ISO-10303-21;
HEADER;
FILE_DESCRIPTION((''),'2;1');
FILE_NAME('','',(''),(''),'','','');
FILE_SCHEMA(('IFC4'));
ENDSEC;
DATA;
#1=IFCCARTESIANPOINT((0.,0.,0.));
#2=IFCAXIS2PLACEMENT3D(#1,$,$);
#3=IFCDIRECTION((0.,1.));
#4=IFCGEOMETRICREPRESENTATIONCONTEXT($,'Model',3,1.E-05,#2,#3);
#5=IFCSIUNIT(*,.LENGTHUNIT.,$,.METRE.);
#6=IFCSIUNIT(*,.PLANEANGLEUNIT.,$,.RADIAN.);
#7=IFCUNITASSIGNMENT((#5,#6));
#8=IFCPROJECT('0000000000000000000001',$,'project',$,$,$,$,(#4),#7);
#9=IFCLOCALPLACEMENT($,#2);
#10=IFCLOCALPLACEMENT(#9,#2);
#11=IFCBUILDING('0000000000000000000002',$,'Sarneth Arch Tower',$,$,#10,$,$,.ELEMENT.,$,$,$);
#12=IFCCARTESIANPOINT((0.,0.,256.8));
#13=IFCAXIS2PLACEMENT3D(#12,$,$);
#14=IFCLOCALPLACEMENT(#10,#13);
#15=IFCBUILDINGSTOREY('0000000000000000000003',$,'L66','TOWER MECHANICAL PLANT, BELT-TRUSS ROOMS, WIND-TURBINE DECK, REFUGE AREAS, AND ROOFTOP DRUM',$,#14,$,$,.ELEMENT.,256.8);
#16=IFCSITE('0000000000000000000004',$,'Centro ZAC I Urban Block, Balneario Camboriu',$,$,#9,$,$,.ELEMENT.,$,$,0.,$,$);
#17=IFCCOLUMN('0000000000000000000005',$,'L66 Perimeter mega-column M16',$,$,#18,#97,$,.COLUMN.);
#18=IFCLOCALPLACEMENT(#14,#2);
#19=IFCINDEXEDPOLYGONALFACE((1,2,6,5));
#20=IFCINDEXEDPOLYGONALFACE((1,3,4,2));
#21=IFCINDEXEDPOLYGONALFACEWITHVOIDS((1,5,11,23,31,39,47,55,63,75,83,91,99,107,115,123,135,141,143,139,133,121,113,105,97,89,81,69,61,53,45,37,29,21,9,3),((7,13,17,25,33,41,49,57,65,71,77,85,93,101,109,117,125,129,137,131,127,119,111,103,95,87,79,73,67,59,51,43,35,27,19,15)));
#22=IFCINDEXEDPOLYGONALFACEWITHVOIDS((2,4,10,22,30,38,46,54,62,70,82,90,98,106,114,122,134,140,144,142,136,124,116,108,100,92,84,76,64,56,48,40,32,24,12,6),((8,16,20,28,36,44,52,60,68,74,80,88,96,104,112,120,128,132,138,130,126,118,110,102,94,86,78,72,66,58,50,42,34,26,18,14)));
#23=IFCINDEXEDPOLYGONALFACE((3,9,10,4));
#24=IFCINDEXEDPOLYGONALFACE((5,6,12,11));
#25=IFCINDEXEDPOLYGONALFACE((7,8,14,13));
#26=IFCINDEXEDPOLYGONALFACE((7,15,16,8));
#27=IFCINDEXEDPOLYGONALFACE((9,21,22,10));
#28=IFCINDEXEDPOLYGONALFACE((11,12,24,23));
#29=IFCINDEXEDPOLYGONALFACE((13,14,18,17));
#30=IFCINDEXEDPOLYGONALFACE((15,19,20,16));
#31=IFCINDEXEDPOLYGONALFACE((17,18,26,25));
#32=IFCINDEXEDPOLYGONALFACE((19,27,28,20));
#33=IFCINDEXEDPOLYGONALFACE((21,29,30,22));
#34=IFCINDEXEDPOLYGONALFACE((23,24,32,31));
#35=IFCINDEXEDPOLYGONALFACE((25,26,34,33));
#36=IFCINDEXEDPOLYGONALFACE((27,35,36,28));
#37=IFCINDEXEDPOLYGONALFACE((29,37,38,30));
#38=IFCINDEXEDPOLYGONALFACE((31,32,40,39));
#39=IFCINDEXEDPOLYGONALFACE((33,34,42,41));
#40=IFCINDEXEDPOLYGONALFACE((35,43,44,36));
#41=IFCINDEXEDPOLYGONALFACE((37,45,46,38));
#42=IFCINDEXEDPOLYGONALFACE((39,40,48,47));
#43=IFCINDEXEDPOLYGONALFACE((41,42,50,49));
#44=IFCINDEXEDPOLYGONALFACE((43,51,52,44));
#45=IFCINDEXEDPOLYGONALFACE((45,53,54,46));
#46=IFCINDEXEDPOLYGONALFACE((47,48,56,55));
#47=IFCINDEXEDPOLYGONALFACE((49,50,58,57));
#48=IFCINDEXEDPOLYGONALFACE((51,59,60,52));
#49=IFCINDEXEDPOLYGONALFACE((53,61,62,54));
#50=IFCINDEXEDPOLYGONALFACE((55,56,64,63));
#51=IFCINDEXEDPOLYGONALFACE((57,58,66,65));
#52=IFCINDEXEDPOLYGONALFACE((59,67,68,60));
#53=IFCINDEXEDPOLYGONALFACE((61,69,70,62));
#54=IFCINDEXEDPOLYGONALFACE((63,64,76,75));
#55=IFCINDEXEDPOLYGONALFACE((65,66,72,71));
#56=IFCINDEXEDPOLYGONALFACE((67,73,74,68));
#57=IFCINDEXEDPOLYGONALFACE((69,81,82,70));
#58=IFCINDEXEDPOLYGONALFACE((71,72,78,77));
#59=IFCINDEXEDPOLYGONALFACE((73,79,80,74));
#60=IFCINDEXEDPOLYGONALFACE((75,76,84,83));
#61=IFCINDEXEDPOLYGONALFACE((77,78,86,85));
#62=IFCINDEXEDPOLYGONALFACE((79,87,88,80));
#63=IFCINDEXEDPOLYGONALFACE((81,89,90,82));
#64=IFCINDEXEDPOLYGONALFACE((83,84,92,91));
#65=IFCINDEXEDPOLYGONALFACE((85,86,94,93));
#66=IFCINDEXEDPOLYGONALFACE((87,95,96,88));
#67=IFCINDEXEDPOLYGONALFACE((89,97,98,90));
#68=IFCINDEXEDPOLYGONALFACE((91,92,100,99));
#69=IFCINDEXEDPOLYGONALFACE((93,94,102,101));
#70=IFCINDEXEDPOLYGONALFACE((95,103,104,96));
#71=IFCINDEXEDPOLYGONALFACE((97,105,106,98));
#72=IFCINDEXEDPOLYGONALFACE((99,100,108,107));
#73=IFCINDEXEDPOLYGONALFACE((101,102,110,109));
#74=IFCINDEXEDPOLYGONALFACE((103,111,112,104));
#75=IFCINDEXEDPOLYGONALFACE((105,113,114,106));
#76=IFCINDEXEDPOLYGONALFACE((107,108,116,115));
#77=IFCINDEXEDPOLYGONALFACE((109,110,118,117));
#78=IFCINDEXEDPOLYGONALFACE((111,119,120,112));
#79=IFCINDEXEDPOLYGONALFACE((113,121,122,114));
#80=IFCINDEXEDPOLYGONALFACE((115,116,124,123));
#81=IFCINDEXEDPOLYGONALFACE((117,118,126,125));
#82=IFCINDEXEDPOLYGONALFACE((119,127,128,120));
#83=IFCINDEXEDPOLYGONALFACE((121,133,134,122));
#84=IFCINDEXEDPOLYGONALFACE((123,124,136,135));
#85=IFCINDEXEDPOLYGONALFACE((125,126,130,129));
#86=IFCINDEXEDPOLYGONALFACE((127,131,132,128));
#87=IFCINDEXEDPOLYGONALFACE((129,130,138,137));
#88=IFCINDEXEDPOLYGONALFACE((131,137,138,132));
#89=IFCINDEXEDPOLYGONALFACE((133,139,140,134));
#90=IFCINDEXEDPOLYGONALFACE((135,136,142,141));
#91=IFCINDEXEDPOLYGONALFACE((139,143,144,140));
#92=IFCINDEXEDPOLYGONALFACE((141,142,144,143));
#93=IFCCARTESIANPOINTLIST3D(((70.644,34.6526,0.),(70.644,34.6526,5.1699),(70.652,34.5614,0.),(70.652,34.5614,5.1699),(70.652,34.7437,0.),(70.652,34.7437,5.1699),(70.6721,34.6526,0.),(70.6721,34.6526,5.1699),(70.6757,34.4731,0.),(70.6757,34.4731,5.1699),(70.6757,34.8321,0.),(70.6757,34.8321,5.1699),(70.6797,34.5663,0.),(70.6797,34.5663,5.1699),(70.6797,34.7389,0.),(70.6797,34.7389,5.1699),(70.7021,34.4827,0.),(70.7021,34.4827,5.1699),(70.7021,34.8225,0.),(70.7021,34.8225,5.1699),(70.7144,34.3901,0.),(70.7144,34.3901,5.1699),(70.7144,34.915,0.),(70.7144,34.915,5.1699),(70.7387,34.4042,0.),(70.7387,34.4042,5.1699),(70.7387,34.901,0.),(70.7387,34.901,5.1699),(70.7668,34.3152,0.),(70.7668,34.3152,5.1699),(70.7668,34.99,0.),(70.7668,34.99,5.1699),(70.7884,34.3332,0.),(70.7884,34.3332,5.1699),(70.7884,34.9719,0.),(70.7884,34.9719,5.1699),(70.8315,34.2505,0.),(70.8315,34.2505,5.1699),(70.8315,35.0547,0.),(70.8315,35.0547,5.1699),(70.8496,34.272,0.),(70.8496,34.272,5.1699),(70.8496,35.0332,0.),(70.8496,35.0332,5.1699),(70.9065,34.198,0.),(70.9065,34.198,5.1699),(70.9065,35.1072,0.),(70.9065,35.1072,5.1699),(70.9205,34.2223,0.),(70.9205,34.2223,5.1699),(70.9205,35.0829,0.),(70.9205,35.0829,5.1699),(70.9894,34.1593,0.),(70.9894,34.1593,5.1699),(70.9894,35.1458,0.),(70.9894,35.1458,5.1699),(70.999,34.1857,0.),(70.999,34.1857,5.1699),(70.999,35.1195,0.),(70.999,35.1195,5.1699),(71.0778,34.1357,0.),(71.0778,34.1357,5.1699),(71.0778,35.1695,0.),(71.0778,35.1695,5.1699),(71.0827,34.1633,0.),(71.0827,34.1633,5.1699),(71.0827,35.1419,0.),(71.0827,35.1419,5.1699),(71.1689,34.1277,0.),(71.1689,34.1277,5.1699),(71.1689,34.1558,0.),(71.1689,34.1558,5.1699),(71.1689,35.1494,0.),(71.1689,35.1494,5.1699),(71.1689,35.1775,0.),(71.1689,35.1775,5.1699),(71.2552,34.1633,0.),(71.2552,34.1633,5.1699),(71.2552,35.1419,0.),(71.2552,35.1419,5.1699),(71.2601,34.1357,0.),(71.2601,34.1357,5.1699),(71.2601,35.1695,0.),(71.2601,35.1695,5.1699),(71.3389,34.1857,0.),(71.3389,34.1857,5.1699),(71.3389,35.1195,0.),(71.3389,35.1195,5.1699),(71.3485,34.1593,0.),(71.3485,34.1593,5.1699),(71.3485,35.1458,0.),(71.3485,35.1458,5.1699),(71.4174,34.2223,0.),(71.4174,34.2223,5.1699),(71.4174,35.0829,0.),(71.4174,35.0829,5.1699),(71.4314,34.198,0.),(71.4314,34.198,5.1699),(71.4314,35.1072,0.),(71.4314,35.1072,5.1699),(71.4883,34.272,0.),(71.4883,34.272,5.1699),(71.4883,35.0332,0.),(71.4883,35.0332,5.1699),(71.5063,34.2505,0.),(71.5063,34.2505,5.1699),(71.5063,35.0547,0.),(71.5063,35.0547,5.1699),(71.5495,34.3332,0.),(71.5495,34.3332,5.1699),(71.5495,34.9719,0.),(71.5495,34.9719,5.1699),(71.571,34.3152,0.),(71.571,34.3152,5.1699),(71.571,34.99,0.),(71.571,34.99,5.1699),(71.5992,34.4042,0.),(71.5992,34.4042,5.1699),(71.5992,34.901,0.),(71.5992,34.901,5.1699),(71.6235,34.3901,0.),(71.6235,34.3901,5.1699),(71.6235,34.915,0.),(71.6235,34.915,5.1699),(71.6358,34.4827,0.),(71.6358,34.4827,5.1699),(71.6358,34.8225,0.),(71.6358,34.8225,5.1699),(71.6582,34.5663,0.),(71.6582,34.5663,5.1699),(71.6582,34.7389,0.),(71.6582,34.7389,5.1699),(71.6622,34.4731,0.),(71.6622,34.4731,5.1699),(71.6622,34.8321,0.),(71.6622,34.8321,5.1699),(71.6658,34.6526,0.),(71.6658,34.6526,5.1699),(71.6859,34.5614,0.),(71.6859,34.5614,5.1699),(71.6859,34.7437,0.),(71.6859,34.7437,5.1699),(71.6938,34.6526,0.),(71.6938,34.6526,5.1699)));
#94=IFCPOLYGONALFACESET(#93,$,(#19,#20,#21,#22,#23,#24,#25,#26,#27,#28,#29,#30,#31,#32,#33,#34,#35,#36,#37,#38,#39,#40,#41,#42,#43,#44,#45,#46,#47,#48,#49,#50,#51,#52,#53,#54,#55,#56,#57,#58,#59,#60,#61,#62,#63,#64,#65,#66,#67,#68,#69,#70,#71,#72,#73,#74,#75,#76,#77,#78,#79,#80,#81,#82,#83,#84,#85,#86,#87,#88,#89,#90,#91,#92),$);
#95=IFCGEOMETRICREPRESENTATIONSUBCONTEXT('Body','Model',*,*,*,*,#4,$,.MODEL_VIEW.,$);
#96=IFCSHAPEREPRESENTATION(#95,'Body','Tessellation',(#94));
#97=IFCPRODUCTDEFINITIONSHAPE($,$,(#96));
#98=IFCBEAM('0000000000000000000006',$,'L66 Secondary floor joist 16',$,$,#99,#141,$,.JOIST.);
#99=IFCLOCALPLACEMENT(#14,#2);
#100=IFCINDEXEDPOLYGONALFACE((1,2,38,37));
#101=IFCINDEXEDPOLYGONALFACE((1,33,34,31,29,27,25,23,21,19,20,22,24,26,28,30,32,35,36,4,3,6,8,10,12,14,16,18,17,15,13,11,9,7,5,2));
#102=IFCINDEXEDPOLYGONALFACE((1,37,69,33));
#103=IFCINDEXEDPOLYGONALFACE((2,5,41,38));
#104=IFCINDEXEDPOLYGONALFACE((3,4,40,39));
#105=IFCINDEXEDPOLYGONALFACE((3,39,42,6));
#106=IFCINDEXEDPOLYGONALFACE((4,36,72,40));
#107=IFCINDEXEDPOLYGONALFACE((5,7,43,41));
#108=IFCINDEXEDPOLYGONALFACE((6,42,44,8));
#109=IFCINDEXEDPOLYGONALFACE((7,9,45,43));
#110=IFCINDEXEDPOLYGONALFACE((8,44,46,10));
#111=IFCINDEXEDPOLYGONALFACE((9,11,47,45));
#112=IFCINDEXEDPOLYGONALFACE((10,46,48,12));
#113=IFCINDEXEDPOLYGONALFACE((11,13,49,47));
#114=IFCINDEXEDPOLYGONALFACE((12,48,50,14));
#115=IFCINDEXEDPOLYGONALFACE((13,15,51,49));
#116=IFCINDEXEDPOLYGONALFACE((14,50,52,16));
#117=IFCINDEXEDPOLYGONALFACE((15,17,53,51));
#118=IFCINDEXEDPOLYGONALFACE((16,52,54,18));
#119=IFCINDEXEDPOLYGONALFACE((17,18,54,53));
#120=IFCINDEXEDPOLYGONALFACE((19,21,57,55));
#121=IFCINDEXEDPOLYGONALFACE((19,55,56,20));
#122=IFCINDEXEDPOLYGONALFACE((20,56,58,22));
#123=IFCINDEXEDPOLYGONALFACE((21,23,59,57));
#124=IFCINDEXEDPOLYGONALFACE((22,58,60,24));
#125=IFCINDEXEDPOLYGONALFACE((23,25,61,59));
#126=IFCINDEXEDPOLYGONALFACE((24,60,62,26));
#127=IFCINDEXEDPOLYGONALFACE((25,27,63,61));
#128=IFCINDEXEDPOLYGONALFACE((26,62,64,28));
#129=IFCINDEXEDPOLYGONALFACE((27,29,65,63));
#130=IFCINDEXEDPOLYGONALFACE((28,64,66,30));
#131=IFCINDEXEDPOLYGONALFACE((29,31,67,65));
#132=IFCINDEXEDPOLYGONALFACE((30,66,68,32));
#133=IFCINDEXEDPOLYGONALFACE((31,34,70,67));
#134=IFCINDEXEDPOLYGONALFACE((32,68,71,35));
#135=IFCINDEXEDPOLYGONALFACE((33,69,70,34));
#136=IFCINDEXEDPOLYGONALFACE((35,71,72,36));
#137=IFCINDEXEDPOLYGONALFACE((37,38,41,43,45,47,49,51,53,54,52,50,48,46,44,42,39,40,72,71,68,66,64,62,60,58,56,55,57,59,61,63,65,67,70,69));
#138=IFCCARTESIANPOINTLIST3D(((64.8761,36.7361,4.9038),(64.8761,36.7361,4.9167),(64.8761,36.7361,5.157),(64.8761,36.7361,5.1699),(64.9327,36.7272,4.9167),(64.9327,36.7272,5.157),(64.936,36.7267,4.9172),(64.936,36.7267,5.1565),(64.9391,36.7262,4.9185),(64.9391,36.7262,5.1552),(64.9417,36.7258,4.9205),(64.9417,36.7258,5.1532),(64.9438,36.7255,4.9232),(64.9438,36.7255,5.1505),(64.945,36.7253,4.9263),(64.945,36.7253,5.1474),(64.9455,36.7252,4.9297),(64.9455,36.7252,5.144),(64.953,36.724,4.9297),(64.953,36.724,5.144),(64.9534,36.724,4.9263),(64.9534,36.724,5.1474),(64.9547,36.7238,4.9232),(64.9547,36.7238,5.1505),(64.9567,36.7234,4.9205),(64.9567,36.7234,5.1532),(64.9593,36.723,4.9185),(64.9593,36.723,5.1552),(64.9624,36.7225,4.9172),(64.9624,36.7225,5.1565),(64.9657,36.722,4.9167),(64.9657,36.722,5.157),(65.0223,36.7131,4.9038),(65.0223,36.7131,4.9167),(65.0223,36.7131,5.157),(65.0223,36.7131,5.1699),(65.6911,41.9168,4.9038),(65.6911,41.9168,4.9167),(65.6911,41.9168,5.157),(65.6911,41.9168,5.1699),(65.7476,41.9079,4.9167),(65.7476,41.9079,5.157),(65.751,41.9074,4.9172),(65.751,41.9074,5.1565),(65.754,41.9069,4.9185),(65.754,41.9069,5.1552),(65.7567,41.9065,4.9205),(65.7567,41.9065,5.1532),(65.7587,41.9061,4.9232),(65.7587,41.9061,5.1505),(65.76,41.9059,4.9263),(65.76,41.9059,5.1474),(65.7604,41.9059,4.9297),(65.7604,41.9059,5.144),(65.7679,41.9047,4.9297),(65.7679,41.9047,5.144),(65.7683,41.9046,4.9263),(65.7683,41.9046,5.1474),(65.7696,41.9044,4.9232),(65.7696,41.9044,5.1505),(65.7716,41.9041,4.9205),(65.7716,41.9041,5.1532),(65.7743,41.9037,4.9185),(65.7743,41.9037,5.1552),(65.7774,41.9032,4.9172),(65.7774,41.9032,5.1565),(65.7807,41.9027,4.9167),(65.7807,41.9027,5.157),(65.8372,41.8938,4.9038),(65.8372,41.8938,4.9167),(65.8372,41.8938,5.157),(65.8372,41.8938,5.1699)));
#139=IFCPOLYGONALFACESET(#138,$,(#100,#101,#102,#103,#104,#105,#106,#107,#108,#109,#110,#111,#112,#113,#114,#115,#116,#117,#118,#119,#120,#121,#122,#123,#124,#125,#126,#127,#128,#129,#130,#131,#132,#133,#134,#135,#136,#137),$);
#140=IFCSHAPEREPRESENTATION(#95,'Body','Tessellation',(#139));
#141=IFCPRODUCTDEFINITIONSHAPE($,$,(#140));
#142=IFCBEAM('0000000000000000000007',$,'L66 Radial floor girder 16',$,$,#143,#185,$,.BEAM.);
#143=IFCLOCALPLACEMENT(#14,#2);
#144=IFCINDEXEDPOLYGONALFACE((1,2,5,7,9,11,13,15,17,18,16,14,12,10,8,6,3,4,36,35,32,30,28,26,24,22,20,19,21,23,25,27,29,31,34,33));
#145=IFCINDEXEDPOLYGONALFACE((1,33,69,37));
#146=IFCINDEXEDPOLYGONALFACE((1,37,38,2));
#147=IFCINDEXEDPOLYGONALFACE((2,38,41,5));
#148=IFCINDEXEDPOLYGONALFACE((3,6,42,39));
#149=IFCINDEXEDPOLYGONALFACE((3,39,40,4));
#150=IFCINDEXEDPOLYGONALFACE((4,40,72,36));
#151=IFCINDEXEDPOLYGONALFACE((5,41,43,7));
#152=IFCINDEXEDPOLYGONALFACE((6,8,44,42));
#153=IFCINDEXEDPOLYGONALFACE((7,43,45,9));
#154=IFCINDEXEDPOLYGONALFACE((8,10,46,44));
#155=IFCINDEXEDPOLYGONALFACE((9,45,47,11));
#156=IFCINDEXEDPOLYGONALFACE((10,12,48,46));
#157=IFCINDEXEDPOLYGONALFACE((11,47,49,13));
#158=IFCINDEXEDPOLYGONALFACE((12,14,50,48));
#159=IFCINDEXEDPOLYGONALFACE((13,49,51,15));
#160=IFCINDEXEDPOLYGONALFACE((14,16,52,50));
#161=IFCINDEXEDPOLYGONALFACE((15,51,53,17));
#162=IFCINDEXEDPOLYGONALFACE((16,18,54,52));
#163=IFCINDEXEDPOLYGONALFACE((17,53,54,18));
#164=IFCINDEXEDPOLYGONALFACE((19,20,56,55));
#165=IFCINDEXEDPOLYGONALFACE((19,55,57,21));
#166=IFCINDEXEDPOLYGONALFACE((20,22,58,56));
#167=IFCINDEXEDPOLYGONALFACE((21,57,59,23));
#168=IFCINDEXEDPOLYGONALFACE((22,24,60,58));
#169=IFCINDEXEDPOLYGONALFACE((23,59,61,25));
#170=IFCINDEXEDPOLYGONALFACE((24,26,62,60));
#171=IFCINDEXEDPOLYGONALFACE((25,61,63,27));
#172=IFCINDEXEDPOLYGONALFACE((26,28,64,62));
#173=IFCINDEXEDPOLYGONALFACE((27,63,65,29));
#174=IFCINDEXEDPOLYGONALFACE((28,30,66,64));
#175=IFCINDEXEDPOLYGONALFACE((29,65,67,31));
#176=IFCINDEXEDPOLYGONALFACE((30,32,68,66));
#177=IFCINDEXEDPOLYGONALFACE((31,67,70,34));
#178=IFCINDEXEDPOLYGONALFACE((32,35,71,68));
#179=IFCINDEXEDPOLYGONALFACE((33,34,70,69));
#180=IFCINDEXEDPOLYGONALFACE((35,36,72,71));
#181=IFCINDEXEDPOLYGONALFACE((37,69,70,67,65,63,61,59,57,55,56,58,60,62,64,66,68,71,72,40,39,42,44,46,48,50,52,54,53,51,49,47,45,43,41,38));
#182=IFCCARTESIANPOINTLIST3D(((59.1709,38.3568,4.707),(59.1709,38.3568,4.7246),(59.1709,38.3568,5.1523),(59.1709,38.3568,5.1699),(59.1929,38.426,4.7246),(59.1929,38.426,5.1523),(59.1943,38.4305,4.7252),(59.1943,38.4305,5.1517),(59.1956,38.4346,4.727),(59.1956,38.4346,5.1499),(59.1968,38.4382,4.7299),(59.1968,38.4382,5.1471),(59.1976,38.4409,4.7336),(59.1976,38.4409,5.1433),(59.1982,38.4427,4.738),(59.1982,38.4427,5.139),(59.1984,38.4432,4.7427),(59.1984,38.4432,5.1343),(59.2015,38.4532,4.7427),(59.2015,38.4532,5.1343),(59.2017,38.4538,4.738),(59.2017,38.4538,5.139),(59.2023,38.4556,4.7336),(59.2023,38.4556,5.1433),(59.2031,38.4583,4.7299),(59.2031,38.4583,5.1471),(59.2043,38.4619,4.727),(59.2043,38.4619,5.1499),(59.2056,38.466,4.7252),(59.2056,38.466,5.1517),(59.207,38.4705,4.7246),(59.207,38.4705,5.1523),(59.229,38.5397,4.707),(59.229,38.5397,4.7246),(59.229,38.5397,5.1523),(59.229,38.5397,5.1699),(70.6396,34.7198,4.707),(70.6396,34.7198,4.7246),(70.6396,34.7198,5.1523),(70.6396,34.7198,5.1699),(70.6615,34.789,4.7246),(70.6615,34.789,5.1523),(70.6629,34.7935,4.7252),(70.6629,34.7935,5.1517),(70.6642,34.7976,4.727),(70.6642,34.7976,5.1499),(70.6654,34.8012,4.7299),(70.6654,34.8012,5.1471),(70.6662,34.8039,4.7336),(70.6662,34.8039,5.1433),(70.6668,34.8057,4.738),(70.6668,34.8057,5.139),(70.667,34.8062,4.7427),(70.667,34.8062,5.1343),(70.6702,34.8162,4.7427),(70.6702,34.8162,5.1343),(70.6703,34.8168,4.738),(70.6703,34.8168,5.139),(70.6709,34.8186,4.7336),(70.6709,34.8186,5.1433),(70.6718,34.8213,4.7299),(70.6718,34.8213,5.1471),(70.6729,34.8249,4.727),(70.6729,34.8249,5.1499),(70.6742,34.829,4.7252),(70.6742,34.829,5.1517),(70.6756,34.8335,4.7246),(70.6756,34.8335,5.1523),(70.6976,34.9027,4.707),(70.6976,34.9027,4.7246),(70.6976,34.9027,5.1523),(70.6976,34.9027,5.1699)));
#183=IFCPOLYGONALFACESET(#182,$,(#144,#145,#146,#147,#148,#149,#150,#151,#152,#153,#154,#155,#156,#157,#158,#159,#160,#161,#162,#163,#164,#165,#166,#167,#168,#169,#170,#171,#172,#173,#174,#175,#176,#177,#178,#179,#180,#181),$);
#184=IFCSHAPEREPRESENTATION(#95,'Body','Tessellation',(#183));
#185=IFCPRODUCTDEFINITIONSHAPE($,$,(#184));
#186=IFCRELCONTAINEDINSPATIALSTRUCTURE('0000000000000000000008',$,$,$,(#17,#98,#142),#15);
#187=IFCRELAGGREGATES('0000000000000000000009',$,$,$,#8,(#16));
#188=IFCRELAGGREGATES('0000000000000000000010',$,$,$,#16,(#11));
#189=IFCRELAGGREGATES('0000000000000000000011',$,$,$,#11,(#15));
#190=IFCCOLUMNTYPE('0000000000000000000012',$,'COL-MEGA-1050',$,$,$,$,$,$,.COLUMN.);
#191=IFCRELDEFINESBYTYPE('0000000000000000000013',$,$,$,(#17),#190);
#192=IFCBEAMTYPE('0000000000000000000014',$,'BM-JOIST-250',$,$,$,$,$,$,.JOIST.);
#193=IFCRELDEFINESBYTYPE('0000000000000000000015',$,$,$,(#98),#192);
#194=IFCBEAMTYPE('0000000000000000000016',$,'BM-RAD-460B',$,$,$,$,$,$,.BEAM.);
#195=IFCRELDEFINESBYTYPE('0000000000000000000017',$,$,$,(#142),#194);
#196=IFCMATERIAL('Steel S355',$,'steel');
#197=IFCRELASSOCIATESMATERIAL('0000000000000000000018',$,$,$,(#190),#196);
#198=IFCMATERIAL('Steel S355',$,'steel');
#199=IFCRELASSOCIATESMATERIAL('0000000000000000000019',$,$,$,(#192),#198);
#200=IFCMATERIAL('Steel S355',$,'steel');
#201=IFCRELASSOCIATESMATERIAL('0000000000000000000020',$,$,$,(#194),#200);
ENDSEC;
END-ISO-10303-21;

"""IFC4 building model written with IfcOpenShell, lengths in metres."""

from ifc_helpers import new_model, si_unit, direction, frame, origin, origin_2d, place, context, subcontext, project, spatial, hollow_circle, i_section, extrude, material, material_profile, profile_set, type_object, element, save


model = new_model("IFC4")

# Units and contexts
model_context = context("Model", 3, precision=1e-05, world=origin(), true_north=direction((0.0, 1.0)))
body_context = subcontext(model_context, "Body", "Model", "MODEL_VIEW")
ifc_project = project(units=[si_unit("LENGTHUNIT", "METRE"), si_unit("PLANEANGLEUNIT", "RADIAN")], contexts=[model_context])

# Site, building, storey
site_placement = place(None, origin())
site = spatial("IfcSite", under=ifc_project, at=site_placement, Name="Centro ZAC I Urban Block, Balneario Camboriu", CompositionType="ELEMENT", RefElevation=0.0)
building_placement = place(site_placement, origin())
building = spatial("IfcBuilding", under=site, at=building_placement, Name="Sarneth Arch Tower", CompositionType="ELEMENT")
storey_placement = place(building_placement, frame((0.0, 0.0, 256.8)))
storey = spatial("IfcBuildingStorey", under=building, at=storey_placement, Name="L66", Description="TOWER MECHANICAL PLANT, BELT-TRUSS ROOMS, WIND-TURBINE DECK, REFUGE AREAS, AND ROOFTOP DRUM", CompositionType="ELEMENT", Elevation=256.8)

# Column
ifc_material_1 = material(Name="Steel S355", Category="steel")
ifc_material_profile_1 = material_profile(ifc_material_1, hollow_circle(Radius=0.5249, WallThickness=0.0281, at=origin_2d()), Name="CHS1050x28")
ifc_profile_set_1 = profile_set([ifc_material_profile_1], Name="Steel S355")
column_type = type_object("IfcColumnType", Name="COL-MEGA-1050", PredefinedType="COLUMN", material=ifc_profile_set_1)
column_placement = place(storey_placement, frame((71.1689, 34.6526, 0.0), z_axis=(0.0, 0.0, 1.0), x_axis=(1.0, 0.0, 0.0)))
element("IfcColumn", 1, at=column_placement, inside=storey, type_object=column_type, Name="L66 Perimeter mega-column M16", PredefinedType="COLUMN", context=body_context, shape_type="SweptSolid", body=[
    extrude(hollow_circle(Radius=0.5249, WallThickness=0.0281, at=origin_2d()), origin(), (0.0, 0.0, 1.0), 5.1699),
])

# Beams
ifc_material_2 = material(Name="Steel S355", Category="steel")
ifc_material_profile_2 = material_profile(ifc_material_2, i_section(OverallWidth=0.1479, OverallDepth=0.2661, WebThickness=0.0076, FlangeThickness=0.0129, FilletRadius=0.0129, at=origin_2d()), Name="W250x44.8")
ifc_profile_set_2 = profile_set([ifc_material_profile_2], Name="Steel S355")
beam_type_1 = type_object("IfcBeamType", Name="BM-JOIST-250", PredefinedType="JOIST", material=ifc_profile_set_2)
beam_1_placement = place(storey_placement, frame((64.9492, 36.7246, 5.0369), z_axis=(0.155394, 0.987853, 0.0), x_axis=(-0.987853, 0.155394, 0.0)))
element("IfcBeam", 2, at=beam_1_placement, inside=storey, type_object=beam_type_1, Name="L66 Secondary floor joist 16", PredefinedType="JOIST", context=body_context, shape_type="SweptSolid", body=[
    extrude(i_section(OverallWidth=0.1479, OverallDepth=0.2661, WebThickness=0.0076, FlangeThickness=0.0129, FilletRadius=0.0129, at=origin_2d()), origin(), (0.0, 0.0, 1.0), 5.2444),
])
ifc_material_3 = material(Name="Steel S355", Category="steel")
ifc_material_profile_3 = material_profile(ifc_material_3, i_section(OverallWidth=0.1919, OverallDepth=0.4629, WebThickness=0.0105, FlangeThickness=0.0176, FilletRadius=0.0181, at=origin_2d()), Name="W460x89")
ifc_profile_set_3 = profile_set([ifc_material_profile_3], Name="Steel S355")
beam_type_2 = type_object("IfcBeamType", Name="BM-RAD-460B", PredefinedType="BEAM", material=ifc_profile_set_3)
beam_2_placement = place(storey_placement, frame((59.2, 38.4482, 4.9385), z_axis=(0.953216, -0.30229, 0.0), x_axis=(0.30229, 0.953216, 0.0)))
element("IfcBeam", 3, at=beam_2_placement, inside=storey, type_object=beam_type_2, Name="L66 Radial floor girder 16", PredefinedType="BEAM", context=body_context, shape_type="SweptSolid", body=[
    extrude(i_section(OverallWidth=0.1919, OverallDepth=0.4629, WebThickness=0.0105, FlangeThickness=0.0176, FilletRadius=0.0181, at=origin_2d()), origin(), (0.0, 0.0, 1.0), 12.0315),
])

save(model, "model.ifc")
